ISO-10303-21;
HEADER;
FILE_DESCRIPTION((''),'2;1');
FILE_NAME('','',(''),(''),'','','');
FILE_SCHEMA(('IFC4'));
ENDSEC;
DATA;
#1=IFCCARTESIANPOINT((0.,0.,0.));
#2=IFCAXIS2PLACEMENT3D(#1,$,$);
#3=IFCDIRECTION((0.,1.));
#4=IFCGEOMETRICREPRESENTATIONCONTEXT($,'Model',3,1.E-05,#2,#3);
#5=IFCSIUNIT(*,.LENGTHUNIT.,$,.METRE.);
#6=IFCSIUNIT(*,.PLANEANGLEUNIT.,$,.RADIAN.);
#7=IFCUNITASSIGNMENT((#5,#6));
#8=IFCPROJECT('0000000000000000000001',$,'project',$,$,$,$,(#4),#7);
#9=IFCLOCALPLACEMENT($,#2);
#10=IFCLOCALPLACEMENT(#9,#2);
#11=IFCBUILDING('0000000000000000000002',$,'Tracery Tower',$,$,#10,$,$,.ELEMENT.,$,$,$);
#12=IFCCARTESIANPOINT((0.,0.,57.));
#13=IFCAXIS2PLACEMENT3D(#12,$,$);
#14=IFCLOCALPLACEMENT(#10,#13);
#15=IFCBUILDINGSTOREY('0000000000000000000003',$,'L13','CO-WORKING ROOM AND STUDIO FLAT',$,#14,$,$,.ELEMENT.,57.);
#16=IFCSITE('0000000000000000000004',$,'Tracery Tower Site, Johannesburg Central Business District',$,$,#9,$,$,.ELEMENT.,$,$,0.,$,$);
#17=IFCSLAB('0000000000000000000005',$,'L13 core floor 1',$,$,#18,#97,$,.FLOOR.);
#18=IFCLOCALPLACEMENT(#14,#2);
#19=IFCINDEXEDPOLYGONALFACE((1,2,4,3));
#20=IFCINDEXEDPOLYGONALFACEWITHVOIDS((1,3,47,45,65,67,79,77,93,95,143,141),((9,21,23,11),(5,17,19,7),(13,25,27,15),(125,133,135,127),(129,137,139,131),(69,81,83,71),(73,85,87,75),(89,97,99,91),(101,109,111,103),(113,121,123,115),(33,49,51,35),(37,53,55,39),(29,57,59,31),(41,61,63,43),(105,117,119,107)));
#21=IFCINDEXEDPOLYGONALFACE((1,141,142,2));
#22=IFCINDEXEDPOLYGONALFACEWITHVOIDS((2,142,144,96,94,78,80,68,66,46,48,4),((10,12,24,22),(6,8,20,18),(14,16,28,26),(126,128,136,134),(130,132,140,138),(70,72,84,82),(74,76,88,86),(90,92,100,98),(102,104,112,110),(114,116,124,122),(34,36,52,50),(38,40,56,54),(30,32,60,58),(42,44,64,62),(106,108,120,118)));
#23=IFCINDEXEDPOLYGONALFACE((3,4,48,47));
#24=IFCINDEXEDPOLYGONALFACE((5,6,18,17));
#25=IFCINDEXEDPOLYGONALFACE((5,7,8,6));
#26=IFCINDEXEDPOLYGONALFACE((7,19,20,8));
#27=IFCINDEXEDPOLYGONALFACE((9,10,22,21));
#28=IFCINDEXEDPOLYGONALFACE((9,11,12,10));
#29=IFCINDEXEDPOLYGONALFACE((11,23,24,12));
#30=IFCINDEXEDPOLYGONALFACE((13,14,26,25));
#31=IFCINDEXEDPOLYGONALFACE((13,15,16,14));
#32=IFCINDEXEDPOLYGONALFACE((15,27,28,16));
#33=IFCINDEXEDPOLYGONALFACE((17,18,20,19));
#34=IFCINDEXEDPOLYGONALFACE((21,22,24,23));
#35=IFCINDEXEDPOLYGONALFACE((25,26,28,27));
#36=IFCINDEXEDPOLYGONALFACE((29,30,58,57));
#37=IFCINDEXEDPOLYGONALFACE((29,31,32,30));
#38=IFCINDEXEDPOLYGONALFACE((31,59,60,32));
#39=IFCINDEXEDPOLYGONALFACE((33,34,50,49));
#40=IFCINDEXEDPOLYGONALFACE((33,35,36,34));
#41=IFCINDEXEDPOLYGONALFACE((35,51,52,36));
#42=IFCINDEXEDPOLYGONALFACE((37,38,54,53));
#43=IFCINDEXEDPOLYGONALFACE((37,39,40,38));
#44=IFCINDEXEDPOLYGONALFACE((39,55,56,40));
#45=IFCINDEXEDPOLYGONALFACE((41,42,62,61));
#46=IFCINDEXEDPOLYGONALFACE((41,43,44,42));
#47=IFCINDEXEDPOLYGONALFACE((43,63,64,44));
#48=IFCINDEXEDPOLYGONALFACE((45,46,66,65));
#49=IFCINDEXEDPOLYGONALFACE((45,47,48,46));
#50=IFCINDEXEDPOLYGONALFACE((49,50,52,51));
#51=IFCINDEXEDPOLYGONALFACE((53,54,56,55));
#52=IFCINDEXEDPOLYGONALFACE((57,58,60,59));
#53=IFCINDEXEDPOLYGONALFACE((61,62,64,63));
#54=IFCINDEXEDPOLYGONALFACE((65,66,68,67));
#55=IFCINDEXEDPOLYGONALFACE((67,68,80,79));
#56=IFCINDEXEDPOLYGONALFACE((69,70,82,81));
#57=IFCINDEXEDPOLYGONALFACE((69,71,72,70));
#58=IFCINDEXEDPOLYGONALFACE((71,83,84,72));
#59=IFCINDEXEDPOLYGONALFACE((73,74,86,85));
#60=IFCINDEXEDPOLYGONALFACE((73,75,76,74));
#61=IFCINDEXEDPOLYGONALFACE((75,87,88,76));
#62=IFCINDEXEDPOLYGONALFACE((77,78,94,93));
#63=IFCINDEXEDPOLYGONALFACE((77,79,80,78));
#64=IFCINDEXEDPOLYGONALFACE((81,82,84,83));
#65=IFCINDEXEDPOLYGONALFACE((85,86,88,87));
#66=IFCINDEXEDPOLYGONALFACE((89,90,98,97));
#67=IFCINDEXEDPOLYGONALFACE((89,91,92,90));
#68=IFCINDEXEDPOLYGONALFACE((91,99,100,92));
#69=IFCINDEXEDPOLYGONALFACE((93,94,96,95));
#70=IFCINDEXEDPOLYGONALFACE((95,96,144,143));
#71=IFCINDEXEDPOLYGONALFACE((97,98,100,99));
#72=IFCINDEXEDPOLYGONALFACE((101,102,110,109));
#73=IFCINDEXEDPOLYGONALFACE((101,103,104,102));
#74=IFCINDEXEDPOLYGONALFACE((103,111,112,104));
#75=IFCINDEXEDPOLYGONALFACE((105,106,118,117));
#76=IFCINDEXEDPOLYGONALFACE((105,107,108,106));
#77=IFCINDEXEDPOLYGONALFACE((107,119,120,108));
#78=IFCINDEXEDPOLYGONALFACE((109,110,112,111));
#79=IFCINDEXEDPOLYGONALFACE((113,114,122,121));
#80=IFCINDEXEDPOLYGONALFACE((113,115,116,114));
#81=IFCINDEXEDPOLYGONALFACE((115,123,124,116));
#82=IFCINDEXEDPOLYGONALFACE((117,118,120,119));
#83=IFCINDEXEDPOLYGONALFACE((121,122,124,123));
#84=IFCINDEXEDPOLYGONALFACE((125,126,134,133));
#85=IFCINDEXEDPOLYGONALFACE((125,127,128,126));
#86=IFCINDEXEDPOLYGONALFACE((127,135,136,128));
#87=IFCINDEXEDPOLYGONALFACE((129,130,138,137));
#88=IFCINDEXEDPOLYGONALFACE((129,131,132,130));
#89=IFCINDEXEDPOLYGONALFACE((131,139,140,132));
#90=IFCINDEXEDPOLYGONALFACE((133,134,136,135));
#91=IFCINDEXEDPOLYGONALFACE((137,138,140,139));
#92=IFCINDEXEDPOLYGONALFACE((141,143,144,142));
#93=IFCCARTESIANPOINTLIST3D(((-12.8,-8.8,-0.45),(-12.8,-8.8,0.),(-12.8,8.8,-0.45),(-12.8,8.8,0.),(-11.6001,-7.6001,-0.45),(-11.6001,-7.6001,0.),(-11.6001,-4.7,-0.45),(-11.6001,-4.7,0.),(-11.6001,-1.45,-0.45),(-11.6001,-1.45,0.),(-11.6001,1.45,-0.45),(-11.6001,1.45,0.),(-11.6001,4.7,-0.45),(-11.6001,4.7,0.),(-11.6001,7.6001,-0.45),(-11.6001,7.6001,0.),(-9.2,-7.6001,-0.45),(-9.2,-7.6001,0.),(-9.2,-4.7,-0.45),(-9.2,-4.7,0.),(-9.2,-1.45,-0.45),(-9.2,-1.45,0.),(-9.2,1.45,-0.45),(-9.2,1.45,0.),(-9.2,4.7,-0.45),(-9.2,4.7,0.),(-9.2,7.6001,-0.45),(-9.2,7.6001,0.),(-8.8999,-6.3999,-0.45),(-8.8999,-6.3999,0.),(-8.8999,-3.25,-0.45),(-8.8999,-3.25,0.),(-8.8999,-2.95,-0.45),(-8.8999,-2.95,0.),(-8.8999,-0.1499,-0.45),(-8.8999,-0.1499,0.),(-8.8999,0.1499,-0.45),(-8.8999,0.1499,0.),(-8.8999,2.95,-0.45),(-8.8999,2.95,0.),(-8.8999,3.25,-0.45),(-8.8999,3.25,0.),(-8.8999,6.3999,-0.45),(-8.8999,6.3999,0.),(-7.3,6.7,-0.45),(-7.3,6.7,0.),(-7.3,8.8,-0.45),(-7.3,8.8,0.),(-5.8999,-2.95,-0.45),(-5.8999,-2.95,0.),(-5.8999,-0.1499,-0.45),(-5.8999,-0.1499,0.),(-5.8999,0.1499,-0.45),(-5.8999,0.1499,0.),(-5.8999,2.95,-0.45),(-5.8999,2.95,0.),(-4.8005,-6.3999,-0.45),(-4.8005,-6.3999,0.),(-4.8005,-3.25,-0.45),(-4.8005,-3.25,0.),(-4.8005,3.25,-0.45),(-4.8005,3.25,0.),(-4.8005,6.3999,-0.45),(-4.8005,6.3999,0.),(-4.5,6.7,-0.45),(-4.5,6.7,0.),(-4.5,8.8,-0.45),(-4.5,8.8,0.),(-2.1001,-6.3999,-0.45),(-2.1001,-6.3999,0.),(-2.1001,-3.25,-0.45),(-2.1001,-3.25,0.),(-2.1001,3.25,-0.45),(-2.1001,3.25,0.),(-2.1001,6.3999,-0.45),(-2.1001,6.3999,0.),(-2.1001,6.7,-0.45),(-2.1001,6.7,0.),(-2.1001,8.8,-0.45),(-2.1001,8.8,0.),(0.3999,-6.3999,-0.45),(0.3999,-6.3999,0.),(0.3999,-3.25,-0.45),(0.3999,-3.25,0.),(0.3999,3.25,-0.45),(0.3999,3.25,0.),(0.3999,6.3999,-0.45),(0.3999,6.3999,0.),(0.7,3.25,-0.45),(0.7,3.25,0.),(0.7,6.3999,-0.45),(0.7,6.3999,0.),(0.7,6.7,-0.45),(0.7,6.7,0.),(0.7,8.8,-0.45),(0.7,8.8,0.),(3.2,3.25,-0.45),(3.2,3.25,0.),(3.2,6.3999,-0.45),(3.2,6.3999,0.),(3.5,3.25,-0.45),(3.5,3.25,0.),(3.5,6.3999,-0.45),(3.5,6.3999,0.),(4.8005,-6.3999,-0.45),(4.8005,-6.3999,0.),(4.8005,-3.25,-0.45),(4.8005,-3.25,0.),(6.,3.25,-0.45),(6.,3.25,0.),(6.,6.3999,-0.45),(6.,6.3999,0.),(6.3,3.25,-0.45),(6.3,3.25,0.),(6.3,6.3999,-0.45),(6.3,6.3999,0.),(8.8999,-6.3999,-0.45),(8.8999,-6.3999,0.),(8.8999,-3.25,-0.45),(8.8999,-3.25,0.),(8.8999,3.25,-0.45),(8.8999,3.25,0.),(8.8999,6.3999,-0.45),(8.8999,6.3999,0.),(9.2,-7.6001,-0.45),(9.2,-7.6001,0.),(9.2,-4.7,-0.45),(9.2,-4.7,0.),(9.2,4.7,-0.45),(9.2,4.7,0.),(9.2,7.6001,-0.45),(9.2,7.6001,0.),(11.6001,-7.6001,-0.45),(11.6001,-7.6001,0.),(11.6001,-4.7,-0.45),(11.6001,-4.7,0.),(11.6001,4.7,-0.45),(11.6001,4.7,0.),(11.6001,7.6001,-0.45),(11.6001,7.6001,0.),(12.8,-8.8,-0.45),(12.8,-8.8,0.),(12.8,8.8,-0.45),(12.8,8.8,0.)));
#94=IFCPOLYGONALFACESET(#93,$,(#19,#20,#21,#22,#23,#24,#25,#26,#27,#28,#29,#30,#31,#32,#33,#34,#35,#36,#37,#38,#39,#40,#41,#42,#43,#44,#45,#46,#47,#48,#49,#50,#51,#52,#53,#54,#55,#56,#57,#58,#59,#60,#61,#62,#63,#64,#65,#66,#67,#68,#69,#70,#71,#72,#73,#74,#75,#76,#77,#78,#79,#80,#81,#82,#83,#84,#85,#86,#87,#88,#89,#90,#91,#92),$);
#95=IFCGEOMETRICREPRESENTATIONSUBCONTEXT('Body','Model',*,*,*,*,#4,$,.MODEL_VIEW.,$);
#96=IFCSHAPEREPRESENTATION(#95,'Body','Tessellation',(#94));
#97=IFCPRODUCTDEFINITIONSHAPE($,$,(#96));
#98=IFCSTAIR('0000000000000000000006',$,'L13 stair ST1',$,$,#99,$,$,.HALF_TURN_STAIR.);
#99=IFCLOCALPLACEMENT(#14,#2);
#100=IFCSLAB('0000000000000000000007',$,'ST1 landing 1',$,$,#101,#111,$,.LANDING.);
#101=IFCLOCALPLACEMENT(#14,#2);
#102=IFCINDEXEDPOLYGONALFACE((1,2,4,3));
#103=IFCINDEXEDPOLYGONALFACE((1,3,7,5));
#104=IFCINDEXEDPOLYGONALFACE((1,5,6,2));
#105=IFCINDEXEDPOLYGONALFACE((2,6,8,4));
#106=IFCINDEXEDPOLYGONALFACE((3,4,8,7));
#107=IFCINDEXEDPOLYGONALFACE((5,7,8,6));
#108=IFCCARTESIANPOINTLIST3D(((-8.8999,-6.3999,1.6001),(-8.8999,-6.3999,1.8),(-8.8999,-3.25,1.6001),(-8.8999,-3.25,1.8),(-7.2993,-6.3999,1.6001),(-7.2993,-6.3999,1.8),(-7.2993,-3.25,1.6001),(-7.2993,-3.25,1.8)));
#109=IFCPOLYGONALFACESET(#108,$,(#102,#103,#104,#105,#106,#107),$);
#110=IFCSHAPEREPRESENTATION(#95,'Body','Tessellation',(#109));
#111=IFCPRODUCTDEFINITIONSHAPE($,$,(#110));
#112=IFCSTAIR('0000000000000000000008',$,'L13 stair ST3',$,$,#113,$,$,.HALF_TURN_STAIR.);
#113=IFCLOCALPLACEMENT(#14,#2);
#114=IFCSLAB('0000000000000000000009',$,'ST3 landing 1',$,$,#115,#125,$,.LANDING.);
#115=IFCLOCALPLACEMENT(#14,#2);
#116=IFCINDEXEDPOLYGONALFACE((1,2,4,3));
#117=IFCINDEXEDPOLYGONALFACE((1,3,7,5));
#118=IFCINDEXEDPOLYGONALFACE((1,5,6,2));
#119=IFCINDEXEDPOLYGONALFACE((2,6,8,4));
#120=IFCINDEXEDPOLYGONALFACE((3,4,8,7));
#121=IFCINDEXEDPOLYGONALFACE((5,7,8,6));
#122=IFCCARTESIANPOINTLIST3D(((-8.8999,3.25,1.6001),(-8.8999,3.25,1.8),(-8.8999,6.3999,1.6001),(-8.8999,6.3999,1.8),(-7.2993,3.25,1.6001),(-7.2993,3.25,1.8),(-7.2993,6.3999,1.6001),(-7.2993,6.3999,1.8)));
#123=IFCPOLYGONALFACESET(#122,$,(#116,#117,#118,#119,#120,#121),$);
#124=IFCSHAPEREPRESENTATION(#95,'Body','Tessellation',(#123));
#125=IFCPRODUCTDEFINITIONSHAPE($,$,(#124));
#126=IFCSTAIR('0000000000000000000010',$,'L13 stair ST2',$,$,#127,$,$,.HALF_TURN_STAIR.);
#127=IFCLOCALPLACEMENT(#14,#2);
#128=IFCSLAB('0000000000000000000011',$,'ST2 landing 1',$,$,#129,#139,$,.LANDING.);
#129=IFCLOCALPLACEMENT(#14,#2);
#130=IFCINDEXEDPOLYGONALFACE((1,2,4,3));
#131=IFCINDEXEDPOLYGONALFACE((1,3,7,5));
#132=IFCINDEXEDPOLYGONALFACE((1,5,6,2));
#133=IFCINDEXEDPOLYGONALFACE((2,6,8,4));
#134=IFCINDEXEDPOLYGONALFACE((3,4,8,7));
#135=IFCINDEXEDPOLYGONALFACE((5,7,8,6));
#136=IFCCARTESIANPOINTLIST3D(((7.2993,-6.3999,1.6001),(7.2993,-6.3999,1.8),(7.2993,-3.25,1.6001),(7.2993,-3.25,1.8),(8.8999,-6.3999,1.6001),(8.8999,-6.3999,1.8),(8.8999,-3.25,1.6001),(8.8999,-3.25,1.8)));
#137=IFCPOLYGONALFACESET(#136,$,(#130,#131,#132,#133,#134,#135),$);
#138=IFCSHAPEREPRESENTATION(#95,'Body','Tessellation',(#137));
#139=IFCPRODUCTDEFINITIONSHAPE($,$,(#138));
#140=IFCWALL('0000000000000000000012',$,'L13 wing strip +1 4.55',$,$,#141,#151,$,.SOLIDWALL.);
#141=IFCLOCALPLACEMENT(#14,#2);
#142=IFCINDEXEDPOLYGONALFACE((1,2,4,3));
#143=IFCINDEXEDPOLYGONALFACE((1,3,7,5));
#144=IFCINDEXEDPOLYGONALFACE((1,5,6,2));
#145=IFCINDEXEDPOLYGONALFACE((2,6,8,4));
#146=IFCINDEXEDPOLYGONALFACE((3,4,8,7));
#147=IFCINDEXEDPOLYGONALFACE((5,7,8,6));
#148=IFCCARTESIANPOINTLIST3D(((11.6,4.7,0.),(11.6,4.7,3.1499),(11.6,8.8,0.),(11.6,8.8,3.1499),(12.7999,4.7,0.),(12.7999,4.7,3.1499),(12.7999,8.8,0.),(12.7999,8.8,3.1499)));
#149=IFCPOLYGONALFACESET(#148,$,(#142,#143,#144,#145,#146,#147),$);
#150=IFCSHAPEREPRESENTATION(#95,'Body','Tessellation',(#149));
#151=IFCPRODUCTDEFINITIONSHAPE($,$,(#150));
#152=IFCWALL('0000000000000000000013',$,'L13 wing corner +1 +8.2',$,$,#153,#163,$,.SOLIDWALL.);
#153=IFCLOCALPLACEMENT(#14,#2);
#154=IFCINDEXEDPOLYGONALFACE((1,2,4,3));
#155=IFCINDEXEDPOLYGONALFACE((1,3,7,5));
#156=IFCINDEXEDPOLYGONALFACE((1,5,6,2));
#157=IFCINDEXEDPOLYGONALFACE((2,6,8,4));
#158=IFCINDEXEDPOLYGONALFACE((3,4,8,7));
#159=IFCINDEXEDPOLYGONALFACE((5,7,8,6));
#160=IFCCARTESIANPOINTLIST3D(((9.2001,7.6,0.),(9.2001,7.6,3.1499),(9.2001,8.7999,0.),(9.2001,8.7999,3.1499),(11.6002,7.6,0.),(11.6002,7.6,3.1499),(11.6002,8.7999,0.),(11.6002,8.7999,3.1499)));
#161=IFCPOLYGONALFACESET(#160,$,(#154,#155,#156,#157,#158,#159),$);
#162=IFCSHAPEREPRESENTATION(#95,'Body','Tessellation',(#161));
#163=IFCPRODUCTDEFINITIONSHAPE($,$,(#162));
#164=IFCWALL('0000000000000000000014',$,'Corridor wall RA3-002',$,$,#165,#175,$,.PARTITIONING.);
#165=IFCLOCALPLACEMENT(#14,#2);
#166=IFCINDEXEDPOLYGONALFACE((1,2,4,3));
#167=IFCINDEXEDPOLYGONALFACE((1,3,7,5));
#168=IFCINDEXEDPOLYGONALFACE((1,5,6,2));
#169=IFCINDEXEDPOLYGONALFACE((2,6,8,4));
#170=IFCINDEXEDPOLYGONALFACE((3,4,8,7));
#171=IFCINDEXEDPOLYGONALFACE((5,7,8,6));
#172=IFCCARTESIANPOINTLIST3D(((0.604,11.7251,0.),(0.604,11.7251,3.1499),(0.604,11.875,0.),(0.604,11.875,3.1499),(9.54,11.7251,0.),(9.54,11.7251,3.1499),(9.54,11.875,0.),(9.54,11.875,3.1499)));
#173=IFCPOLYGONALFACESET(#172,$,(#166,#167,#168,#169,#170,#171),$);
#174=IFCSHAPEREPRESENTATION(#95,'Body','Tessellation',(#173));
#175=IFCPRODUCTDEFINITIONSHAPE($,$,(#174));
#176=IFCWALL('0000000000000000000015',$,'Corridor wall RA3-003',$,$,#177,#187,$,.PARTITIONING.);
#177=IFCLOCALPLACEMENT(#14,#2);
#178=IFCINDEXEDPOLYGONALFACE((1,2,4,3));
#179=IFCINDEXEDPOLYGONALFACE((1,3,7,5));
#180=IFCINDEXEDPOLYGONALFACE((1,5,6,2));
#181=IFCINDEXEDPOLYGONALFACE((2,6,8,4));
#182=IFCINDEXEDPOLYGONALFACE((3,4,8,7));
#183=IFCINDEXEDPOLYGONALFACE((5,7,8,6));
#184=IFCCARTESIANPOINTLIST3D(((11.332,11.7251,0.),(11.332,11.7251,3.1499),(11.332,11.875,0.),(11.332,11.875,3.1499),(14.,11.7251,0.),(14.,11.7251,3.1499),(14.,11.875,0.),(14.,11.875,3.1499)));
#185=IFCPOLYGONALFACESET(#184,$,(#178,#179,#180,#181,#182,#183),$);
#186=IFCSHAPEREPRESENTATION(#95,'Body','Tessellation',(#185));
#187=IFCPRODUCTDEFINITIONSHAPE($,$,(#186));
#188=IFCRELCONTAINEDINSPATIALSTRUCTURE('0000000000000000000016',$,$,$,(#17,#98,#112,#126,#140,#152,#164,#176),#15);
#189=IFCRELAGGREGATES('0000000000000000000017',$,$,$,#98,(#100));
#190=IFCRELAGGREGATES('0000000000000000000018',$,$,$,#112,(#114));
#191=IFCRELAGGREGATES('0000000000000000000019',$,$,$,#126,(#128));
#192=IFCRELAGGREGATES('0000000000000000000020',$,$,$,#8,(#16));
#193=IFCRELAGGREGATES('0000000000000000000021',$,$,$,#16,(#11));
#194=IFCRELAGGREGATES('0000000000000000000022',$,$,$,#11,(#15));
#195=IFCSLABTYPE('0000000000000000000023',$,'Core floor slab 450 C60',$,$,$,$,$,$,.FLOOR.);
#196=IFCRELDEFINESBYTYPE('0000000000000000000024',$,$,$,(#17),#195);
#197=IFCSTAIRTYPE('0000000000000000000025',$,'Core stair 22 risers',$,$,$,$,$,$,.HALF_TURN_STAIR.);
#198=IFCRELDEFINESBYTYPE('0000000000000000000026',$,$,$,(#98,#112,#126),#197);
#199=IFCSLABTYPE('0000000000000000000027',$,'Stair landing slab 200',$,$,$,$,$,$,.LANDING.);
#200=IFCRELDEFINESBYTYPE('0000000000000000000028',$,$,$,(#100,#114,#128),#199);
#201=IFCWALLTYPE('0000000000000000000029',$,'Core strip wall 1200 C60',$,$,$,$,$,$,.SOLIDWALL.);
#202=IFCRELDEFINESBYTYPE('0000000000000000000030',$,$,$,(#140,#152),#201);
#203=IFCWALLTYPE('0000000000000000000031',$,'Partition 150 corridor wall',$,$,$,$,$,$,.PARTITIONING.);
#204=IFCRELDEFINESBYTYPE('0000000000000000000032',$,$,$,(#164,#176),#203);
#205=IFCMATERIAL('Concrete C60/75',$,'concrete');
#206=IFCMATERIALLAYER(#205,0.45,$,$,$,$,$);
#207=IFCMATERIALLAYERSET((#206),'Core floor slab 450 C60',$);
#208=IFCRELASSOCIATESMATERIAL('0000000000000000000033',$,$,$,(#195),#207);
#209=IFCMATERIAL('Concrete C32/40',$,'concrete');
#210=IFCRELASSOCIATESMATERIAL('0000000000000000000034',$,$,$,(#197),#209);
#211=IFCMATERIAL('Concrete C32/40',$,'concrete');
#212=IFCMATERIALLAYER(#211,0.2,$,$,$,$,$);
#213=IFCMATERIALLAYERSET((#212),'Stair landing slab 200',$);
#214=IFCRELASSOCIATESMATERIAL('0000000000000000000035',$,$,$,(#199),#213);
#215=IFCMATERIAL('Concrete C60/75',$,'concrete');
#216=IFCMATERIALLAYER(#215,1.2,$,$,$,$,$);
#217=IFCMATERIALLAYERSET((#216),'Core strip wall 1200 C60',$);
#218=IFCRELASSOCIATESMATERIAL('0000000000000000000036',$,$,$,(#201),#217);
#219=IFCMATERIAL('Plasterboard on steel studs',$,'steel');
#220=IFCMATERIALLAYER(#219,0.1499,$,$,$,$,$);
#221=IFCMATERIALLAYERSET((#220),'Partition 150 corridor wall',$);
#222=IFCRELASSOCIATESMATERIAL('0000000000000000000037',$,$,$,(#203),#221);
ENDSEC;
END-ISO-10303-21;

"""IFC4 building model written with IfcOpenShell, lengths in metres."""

from ifc_helpers import new_model, si_unit, direction, frame, frame_2d, origin, place, context, subcontext, project, spatial, polyline, rectangle, outline, extrude, material, layer, layer_set, type_object, element, aggregate, save


model = new_model("IFC4")

# Units and contexts
model_context = context("Model", 3, precision=1e-05, world=origin(), true_north=direction((0.0, 1.0)))
body_context = subcontext(model_context, "Body", "Model", "MODEL_VIEW")
ifc_project = project(units=[si_unit("LENGTHUNIT", "METRE"), si_unit("PLANEANGLEUNIT", "RADIAN")], contexts=[model_context])

# Site, building, storey
site_placement = place(None, origin())
site = spatial("IfcSite", under=ifc_project, at=site_placement, Name="Tracery Tower Site, Johannesburg Central Business District", CompositionType="ELEMENT", RefElevation=0.0)
building_placement = place(site_placement, origin())
building = spatial("IfcBuilding", under=site, at=building_placement, Name="Tracery Tower", CompositionType="ELEMENT")
storey_placement = place(building_placement, frame((0.0, 0.0, 57.0)))
storey = spatial("IfcBuildingStorey", under=building, at=storey_placement, Name="L13", Description="CO-WORKING ROOM AND STUDIO FLAT", CompositionType="ELEMENT", Elevation=57.0)

# Slab
ifc_material_1 = material(Name="Concrete C60/75", Category="concrete")
ifc_layer_1 = layer(ifc_material_1, 0.45)
ifc_layer_set_1 = layer_set([ifc_layer_1], Name="Core floor slab 450 C60")
slab_type_1 = type_object("IfcSlabType", Name="Core floor slab 450 C60", PredefinedType="FLOOR", material=ifc_layer_set_1)
slab_1_placement = place(storey_placement, frame((0.0, 0.0, -0.45)))
element("IfcSlab", 1, at=slab_1_placement, inside=storey, type_object=slab_type_1, Name="L13 core floor 1", PredefinedType="FLOOR", context=body_context, shape_type="SweptSolid", body=[
    extrude(outline(polyline([(-12.8, 8.8), (-7.3, 8.8), (-7.3, 6.7), (-4.5, 6.7), (-4.5, 8.8), (-2.1001, 8.8), (-2.1001, 6.7), (0.7, 6.7), (0.7, 8.8), (12.8, 8.8), (12.8, -8.8), (-12.8, -8.8), (-12.8, 8.8)]), holes=[polyline([(11.6001, -7.6001), (11.6001, -4.7), (9.2, -4.7), (9.2, -7.6001), (11.6001, -7.6001)]), polyline([(11.6001, 4.7), (11.6001, 7.6001), (9.2, 7.6001), (9.2, 4.7), (11.6001, 4.7)]), polyline([(4.8005, -3.25), (4.8005, -6.3999), (8.8999, -6.3999), (8.8999, -3.25), (4.8005, -3.25)]), polyline([(6.3, 3.25), (8.8999, 3.25), (8.8999, 6.3999), (6.3, 6.3999), (6.3, 3.25)]), polyline([(3.5, 3.25), (6.0, 3.25), (6.0, 6.3999), (3.5, 6.3999), (3.5, 3.25)]), polyline([(3.2, 3.25), (3.2, 6.3999), (0.7, 6.3999), (0.7, 3.25), (3.2, 3.25)]), polyline([(-2.1001, 3.25), (0.3999, 3.25), (0.3999, 6.3999), (-2.1001, 6.3999), (-2.1001, 3.25)]), polyline([(0.3999, -6.3999), (0.3999, -3.25), (-2.1001, -3.25), (-2.1001, -6.3999), (0.3999, -6.3999)]), polyline([(-4.8005, -3.25), (-8.8999, -3.25), (-8.8999, -6.3999), (-4.8005, -6.3999), (-4.8005, -3.25)]), polyline([(-4.8005, 6.3999), (-8.8999, 6.3999), (-8.8999, 3.25), (-4.8005, 3.25), (-4.8005, 6.3999)]), polyline([(-8.8999, -2.95), (-5.8999, -2.95), (-5.8999, -0.1499), (-8.8999, -0.1499), (-8.8999, -2.95)]), polyline([(-5.8999, 0.1499), (-5.8999, 2.95), (-8.8999, 2.95), (-8.8999, 0.1499), (-5.8999, 0.1499)]), polyline([(-11.6001, 4.7), (-9.2, 4.7), (-9.2, 7.6001), (-11.6001, 7.6001), (-11.6001, 4.7)]), polyline([(-9.2, -7.6001), (-9.2, -4.7), (-11.6001, -4.7), (-11.6001, -7.6001), (-9.2, -7.6001)]), polyline([(-9.2, -1.45), (-9.2, 1.45), (-11.6001, 1.45), (-11.6001, -1.45), (-9.2, -1.45)])]), origin(), (0.0, 0.0, 1.0), 0.45),
])

# Stairs, slabs
ifc_material_2 = material(Name="Concrete C32/40", Category="concrete")
stair_type = type_object("IfcStairType", Name="Core stair 22 risers", PredefinedType="HALF_TURN_STAIR", material=ifc_material_2)
stair_1_placement = place(storey_placement, origin())
stair_1 = element("IfcStair", 2, at=stair_1_placement, inside=storey, type_object=stair_type, Name="L13 stair ST1", PredefinedType="HALF_TURN_STAIR")
ifc_material_3 = material(Name="Concrete C32/40", Category="concrete")
ifc_layer_2 = layer(ifc_material_3, 0.2)
ifc_layer_set_2 = layer_set([ifc_layer_2], Name="Stair landing slab 200")
slab_type_2 = type_object("IfcSlabType", Name="Stair landing slab 200", PredefinedType="LANDING", material=ifc_layer_set_2)
slab_2_placement = place(storey_placement, frame((0.0, 0.0, 1.6001)))
slab_2 = element("IfcSlab", 3, at=slab_2_placement, type_object=slab_type_2, Name="ST1 landing 1", PredefinedType="LANDING", context=body_context, shape_type="SweptSolid", body=[
    extrude(outline(polyline([(-7.2993, -3.25), (-8.8999, -3.25), (-8.8999, -6.3999), (-7.2993, -6.3999), (-7.2993, -3.25)])), origin(), (0.0, 0.0, 1.0), 0.2),
])
aggregate(stair_1, [slab_2])
stair_2_placement = place(storey_placement, origin())
stair_2 = element("IfcStair", 4, at=stair_2_placement, inside=storey, type_object=stair_type, Name="L13 stair ST3", PredefinedType="HALF_TURN_STAIR")
slab_3_placement = place(storey_placement, frame((0.0, 0.0, 1.6001)))
slab_3 = element("IfcSlab", 5, at=slab_3_placement, type_object=slab_type_2, Name="ST3 landing 1", PredefinedType="LANDING", context=body_context, shape_type="SweptSolid", body=[
    extrude(outline(polyline([(-7.2993, 6.3999), (-8.8999, 6.3999), (-8.8999, 3.25), (-7.2993, 3.25), (-7.2993, 6.3999)])), origin(), (0.0, 0.0, 1.0), 0.2),
])
aggregate(stair_2, [slab_3])
stair_3_placement = place(storey_placement, origin())
stair_3 = element("IfcStair", 6, at=stair_3_placement, inside=storey, type_object=stair_type, Name="L13 stair ST2", PredefinedType="HALF_TURN_STAIR")
slab_4_placement = place(storey_placement, frame((0.0, 0.0, 1.6001)))
slab_4 = element("IfcSlab", 7, at=slab_4_placement, type_object=slab_type_2, Name="ST2 landing 1", PredefinedType="LANDING", context=body_context, shape_type="SweptSolid", body=[
    extrude(outline(polyline([(7.2993, -6.3999), (8.8999, -6.3999), (8.8999, -3.25), (7.2993, -3.25), (7.2993, -6.3999)])), origin(), (0.0, 0.0, 1.0), 0.2),
])
aggregate(stair_3, [slab_4])

# Walls
ifc_material_4 = material(Name="Concrete C60/75", Category="concrete")
ifc_layer_3 = layer(ifc_material_4, 1.2)
ifc_layer_set_3 = layer_set([ifc_layer_3], Name="Core strip wall 1200 C60")
wall_type_1 = type_object("IfcWallType", Name="Core strip wall 1200 C60", PredefinedType="SOLIDWALL", material=ifc_layer_set_3)
wall_1_placement = place(storey_placement, frame((12.2, 4.7, 0.0), z_axis=(0.0, 0.0, 1.0), x_axis=(0.0, 1.0, 0.0)))
element("IfcWall", 8, at=wall_1_placement, inside=storey, type_object=wall_type_1, Name="L13 wing strip +1 4.55", PredefinedType="SOLIDWALL", context=body_context, shape_type="SweptSolid", body=[
    extrude(rectangle(XDim=4.1001, YDim=1.2, at=frame_2d((2.05, 0.0))), origin(), (0.0, 0.0, 1.0), 3.1499),
])
wall_2_placement = place(storey_placement, frame((9.2, 8.2, 0.0), z_axis=(0.0, 0.0, 1.0), x_axis=(1.0, 0.0, 0.0)))
element("IfcWall", 9, at=wall_2_placement, inside=storey, type_object=wall_type_1, Name="L13 wing corner +1 +8.2", PredefinedType="SOLIDWALL", context=body_context, shape_type="SweptSolid", body=[
    extrude(rectangle(XDim=2.4001, YDim=1.2, at=frame_2d((1.2002, 0.0))), origin(), (0.0, 0.0, 1.0), 3.1499),
])
ifc_material_5 = material(Name="Plasterboard on steel studs", Category="steel")
ifc_layer_4 = layer(ifc_material_5, 0.1499)
ifc_layer_set_4 = layer_set([ifc_layer_4], Name="Partition 150 corridor wall")
wall_type_2 = type_object("IfcWallType", Name="Partition 150 corridor wall", PredefinedType="PARTITIONING", material=ifc_layer_set_4)
wall_3_placement = place(storey_placement, frame((0.604, 11.8, 0.0), z_axis=(0.0, 0.0, 1.0), x_axis=(1.0, 0.0, 0.0)))
element("IfcWall", 10, at=wall_3_placement, inside=storey, type_object=wall_type_2, Name="Corridor wall RA3-002", PredefinedType="PARTITIONING", context=body_context, shape_type="SweptSolid", body=[
    extrude(rectangle(XDim=8.936, YDim=0.1499, at=frame_2d((4.468, 0.0))), origin(), (0.0, 0.0, 1.0), 3.1499),
])
wall_4_placement = place(storey_placement, frame((11.332, 11.8, 0.0), z_axis=(0.0, 0.0, 1.0), x_axis=(1.0, 0.0, 0.0)))
element("IfcWall", 11, at=wall_4_placement, inside=storey, type_object=wall_type_2, Name="Corridor wall RA3-003", PredefinedType="PARTITIONING", context=body_context, shape_type="SweptSolid", body=[
    extrude(rectangle(XDim=2.668, YDim=0.1499, at=frame_2d((1.334, 0.0))), origin(), (0.0, 0.0, 1.0), 3.1499),
])

save(model, "model.ifc")
